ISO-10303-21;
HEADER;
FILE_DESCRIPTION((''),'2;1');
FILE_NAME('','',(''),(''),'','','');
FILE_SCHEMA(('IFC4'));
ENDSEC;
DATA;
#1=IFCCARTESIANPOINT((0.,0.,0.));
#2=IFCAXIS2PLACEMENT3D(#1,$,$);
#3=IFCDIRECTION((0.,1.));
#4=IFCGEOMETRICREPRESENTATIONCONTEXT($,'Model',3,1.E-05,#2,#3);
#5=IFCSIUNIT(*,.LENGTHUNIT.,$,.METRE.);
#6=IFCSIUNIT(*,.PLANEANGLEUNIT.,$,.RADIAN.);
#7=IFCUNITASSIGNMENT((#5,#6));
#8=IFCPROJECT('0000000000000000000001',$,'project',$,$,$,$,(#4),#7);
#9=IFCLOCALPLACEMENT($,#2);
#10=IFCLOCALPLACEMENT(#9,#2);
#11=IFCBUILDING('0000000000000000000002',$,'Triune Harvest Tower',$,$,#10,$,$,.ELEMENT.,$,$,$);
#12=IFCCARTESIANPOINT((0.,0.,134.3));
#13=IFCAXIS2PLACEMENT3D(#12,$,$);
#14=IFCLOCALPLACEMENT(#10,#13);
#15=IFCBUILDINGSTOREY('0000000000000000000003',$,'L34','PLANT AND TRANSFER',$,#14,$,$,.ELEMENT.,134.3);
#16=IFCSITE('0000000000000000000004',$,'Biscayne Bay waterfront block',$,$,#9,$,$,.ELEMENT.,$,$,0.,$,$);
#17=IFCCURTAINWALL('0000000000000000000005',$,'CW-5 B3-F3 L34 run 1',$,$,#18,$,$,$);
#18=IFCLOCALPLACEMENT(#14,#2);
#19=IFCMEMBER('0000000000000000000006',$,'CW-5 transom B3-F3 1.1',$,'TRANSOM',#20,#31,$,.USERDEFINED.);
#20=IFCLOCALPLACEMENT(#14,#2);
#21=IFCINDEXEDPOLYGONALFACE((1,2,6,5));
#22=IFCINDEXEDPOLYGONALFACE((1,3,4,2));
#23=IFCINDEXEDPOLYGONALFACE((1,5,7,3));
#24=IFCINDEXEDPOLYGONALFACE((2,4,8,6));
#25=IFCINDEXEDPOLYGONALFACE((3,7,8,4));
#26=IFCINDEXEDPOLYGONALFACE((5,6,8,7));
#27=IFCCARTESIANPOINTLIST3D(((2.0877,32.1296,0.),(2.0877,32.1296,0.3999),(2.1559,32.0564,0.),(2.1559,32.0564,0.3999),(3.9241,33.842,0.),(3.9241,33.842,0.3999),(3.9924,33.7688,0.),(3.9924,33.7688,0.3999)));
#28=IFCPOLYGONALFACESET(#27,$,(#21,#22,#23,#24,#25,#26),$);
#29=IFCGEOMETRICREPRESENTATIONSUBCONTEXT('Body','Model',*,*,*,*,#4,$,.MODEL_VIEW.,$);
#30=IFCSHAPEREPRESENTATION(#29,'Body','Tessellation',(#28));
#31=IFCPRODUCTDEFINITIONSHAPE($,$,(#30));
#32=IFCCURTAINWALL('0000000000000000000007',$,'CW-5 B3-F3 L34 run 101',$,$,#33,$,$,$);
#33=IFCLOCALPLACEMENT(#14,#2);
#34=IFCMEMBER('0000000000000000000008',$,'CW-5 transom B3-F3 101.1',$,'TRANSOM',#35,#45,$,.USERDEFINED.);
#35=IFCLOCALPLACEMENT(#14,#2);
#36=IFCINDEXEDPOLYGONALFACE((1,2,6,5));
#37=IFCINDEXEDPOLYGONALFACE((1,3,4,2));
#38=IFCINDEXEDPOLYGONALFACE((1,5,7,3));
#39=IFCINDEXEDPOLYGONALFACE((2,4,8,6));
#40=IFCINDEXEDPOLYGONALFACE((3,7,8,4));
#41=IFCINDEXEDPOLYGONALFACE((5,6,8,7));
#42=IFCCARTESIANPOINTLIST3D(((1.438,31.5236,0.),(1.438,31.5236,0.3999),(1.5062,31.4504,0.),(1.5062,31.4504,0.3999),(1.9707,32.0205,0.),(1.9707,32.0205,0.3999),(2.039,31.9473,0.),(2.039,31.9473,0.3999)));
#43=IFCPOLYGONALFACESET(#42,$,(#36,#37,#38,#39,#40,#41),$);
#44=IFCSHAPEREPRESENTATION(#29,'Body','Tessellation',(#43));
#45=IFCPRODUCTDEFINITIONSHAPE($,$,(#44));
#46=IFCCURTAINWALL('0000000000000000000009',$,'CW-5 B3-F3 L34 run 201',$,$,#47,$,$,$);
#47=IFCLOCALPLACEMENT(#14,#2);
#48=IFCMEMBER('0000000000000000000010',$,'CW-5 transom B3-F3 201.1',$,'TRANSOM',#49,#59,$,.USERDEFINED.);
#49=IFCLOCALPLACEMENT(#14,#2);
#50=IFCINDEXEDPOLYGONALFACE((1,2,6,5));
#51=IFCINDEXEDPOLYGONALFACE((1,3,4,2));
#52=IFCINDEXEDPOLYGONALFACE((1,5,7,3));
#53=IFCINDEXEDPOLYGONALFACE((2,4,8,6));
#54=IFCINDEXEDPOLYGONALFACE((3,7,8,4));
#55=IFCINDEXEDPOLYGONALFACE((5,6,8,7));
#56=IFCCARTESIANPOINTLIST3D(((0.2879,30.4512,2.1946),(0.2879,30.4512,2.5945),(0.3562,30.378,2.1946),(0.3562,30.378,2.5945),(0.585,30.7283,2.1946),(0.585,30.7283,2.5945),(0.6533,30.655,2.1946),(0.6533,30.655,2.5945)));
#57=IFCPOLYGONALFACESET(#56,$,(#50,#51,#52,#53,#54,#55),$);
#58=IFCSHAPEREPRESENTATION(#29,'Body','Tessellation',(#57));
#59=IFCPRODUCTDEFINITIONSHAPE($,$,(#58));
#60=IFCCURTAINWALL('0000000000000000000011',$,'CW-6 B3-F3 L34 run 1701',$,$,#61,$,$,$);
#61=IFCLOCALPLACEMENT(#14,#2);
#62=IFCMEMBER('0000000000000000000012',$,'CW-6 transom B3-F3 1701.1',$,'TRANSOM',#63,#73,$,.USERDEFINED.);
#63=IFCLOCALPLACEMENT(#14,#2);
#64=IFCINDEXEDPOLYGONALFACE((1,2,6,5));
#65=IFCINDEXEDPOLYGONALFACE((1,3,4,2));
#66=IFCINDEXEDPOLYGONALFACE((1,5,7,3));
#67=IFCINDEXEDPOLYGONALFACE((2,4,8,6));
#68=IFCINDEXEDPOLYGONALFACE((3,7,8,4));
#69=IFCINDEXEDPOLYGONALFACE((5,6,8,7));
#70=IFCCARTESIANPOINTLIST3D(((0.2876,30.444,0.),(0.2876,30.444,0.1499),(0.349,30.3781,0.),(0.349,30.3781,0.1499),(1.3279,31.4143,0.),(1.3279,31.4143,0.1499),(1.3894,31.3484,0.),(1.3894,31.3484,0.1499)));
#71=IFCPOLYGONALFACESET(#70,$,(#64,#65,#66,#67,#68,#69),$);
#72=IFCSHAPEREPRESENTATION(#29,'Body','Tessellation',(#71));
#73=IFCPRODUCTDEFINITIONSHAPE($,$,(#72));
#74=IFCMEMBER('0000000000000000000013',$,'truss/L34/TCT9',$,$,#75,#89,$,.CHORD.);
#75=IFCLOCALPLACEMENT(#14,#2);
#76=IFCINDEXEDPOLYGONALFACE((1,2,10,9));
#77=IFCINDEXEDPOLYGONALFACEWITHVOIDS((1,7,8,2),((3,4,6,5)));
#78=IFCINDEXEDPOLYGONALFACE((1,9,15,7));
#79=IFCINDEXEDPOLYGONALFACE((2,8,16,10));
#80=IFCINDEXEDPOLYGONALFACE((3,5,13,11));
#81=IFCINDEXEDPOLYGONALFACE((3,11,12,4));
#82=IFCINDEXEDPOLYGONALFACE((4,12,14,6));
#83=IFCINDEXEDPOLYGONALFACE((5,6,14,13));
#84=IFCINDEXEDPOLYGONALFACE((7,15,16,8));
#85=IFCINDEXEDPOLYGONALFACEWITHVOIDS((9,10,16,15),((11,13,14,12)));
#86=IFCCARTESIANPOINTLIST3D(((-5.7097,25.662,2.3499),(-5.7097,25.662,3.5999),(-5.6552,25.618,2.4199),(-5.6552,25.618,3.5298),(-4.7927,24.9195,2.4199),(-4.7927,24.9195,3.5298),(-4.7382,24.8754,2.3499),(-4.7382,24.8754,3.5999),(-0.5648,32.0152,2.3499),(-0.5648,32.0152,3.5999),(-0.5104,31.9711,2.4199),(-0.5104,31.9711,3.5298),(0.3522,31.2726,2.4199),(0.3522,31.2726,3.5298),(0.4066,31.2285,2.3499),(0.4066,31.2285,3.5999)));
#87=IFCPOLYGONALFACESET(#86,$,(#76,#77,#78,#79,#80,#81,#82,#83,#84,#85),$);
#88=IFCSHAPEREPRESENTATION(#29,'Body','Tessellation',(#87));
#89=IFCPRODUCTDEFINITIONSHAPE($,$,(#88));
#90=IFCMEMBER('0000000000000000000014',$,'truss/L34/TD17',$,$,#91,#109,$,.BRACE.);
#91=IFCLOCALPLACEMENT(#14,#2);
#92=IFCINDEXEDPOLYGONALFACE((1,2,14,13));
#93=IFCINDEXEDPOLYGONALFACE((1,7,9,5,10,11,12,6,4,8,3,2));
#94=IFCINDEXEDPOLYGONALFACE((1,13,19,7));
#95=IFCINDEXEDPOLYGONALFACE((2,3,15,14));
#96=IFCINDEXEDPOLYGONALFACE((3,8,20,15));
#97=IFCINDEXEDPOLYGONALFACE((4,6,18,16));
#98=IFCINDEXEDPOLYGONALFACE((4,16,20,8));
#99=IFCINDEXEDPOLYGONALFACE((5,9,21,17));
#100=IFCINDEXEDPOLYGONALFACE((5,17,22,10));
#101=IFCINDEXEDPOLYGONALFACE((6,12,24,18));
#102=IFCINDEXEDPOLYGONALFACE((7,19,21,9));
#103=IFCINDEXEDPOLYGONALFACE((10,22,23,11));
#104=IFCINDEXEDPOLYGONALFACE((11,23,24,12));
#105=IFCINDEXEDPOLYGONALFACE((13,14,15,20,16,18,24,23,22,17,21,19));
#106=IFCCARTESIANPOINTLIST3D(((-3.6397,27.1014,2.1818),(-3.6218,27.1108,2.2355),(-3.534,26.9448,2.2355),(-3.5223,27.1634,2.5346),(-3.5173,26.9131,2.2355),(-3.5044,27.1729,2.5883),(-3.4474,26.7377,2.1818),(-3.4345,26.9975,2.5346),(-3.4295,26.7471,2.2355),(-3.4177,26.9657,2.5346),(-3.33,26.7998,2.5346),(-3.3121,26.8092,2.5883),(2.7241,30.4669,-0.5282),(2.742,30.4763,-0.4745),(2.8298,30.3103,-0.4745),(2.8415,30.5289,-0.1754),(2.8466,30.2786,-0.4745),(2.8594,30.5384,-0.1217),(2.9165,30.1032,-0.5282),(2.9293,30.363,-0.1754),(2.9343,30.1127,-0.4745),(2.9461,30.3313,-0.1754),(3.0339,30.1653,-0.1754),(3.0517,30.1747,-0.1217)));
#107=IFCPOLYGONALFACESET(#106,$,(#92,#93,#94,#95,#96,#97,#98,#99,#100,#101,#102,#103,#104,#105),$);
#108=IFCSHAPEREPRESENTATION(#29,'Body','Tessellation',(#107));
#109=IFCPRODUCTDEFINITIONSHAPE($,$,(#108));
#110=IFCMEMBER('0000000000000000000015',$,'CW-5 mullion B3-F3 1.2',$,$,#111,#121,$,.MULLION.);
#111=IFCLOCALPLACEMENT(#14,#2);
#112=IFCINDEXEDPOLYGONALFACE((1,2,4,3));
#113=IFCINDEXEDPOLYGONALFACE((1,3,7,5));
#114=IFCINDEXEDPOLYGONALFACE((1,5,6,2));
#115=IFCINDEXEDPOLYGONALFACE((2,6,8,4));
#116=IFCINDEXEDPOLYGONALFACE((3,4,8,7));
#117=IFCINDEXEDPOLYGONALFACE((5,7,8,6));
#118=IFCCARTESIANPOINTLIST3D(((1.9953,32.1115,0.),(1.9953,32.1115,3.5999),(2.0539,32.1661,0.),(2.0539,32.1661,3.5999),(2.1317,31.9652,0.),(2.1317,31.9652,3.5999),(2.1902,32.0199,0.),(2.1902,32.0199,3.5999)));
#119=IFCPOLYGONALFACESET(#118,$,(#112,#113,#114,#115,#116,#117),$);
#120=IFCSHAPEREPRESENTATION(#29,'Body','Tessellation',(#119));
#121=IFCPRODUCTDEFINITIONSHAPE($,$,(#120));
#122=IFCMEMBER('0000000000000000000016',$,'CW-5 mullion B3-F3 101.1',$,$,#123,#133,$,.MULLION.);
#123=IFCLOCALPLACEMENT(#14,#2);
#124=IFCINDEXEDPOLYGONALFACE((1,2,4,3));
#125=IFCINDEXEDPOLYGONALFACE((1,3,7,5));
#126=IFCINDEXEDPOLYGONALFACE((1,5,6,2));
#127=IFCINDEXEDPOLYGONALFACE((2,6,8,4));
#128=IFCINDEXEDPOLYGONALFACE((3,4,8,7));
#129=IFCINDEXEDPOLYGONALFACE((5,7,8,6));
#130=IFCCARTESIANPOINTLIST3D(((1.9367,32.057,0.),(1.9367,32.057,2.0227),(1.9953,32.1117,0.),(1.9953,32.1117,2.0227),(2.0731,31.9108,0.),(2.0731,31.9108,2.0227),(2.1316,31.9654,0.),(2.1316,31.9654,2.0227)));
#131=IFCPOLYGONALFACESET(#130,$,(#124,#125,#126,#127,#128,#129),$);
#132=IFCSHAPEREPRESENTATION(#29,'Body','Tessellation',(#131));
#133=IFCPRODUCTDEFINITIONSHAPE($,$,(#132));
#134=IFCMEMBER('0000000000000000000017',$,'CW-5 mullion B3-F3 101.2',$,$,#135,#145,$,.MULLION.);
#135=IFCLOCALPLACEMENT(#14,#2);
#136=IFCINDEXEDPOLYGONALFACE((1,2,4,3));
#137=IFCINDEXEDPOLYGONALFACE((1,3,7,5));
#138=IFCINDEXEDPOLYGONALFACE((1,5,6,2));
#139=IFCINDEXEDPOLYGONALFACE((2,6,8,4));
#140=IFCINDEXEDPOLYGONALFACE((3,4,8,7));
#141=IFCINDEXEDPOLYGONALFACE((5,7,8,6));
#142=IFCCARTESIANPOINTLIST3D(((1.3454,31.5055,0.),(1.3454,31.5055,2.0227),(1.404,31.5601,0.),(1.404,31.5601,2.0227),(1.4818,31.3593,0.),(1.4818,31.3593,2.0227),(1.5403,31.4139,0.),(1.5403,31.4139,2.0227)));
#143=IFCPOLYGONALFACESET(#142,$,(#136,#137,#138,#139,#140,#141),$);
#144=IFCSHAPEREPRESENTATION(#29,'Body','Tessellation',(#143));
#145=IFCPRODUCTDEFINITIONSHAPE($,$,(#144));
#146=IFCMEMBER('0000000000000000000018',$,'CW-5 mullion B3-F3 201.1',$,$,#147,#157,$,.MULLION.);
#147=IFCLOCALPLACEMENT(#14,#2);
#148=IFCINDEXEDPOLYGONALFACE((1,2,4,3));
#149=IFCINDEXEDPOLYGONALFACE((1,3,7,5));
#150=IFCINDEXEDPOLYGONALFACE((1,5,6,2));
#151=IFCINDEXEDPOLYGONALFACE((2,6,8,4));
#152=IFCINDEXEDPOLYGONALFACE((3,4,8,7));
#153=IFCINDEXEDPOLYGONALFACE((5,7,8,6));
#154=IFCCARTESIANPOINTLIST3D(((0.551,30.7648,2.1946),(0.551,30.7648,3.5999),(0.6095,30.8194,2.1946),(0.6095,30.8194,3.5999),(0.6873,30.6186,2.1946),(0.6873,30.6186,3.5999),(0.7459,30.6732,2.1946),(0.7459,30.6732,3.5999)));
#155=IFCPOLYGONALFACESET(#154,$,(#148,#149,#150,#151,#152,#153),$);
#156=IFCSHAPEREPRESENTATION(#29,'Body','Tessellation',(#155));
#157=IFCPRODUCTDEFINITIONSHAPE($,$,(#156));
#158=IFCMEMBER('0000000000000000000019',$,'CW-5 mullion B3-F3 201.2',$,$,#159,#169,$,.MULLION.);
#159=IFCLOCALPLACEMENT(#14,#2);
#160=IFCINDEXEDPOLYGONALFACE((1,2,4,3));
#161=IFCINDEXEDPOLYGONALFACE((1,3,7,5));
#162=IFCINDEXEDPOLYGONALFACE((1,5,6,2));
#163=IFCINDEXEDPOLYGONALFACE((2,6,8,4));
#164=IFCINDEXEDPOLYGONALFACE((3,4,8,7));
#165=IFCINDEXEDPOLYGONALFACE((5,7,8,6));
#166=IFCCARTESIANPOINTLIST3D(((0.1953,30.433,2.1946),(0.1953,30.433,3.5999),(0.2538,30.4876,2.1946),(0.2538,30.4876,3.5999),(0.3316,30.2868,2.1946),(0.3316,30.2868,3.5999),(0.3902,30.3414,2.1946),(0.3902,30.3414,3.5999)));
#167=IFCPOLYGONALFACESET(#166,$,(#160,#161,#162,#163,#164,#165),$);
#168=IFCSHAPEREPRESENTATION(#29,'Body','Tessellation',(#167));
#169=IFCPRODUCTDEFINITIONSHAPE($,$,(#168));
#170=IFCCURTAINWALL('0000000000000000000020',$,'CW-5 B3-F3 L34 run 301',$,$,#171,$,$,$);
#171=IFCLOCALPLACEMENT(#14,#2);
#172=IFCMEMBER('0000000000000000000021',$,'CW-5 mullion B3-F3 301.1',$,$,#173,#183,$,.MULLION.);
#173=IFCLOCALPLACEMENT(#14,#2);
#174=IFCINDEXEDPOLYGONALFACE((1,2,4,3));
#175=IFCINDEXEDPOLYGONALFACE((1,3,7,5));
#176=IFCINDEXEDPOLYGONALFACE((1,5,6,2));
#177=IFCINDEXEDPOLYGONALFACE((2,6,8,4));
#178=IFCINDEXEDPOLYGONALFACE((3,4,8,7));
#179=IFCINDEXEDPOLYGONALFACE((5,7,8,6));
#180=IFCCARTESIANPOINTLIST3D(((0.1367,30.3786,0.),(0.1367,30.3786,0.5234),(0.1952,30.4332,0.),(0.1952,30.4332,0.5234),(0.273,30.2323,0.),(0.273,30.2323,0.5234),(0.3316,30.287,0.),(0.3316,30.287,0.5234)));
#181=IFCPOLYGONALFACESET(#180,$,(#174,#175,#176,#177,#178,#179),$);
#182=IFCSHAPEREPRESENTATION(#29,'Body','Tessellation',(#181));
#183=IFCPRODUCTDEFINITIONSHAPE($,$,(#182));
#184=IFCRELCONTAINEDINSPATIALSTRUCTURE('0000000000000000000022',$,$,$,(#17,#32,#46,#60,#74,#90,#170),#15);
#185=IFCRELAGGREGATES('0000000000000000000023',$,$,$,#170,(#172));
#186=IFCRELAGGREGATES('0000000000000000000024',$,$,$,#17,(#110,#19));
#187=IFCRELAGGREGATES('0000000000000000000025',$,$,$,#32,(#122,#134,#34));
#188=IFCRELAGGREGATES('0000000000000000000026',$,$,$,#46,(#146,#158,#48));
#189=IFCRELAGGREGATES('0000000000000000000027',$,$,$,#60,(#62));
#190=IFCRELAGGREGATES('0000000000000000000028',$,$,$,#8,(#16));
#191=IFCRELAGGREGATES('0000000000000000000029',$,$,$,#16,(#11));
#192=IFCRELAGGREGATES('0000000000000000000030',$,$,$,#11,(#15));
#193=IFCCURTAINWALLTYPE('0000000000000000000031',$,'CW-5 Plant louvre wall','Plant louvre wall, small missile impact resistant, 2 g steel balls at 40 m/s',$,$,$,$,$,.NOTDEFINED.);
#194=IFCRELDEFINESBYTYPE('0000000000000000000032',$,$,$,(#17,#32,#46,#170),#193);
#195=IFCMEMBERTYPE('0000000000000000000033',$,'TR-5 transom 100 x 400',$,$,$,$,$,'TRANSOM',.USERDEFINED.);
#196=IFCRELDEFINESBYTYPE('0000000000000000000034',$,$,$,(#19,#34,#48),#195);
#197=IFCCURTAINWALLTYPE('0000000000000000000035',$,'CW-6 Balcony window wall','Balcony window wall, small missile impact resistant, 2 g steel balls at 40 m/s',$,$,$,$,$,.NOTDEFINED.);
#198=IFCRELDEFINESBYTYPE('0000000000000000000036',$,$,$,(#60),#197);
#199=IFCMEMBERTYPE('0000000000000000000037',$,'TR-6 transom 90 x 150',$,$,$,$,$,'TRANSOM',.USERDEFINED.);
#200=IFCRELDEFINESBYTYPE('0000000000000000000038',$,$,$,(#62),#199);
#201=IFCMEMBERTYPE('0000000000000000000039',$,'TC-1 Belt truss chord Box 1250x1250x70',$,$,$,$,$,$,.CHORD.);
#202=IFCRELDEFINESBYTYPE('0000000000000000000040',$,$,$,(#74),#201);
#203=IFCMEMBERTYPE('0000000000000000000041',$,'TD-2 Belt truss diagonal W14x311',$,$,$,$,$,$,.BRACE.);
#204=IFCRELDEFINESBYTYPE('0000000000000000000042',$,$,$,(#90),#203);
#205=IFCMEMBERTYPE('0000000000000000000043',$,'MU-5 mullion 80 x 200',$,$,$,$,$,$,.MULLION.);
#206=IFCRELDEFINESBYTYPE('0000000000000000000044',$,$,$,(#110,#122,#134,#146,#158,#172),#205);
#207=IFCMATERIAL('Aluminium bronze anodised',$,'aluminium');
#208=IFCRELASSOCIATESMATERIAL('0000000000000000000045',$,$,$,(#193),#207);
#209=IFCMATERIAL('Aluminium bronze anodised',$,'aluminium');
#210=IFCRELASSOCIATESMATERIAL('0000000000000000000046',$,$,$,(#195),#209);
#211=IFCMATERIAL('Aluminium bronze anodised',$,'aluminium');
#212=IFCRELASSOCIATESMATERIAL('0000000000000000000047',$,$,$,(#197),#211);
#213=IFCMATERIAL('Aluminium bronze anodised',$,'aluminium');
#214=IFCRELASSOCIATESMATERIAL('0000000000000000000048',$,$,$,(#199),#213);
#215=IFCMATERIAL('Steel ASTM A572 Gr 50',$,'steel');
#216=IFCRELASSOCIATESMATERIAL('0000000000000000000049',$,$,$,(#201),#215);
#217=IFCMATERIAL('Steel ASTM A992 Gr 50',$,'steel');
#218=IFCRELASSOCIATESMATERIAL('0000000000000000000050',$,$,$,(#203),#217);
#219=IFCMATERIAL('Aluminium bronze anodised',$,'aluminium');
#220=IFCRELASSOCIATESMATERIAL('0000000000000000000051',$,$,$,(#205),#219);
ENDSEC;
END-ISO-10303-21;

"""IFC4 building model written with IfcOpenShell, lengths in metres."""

from ifc_helpers import new_model, si_unit, direction, frame, origin, origin_2d, place, context, subcontext, project, spatial, rectangle, hollow_rectangle, i_section, extrude, source, transform, mapped, material, material_profile, profile_set, type_object, element, aggregate, save


model = new_model("IFC4")

# Units and contexts
model_context = context("Model", 3, precision=1e-05, world=origin(), true_north=direction((0.0, 1.0)))
body_context = subcontext(model_context, "Body", "Model", "MODEL_VIEW")
ifc_project = project(units=[si_unit("LENGTHUNIT", "METRE"), si_unit("PLANEANGLEUNIT", "RADIAN")], contexts=[model_context])

# Site, building, storey
site_placement = place(None, origin())
site = spatial("IfcSite", under=ifc_project, at=site_placement, Name="Biscayne Bay waterfront block", CompositionType="ELEMENT", RefElevation=0.0)
building_placement = place(site_placement, origin())
building = spatial("IfcBuilding", under=site, at=building_placement, Name="Triune Harvest Tower", CompositionType="ELEMENT")
storey_placement = place(building_placement, frame((0.0, 0.0, 134.3)))
storey = spatial("IfcBuildingStorey", under=building, at=storey_placement, Name="L34", Description="PLANT AND TRANSFER", CompositionType="ELEMENT", Elevation=134.3)

# Curtain walls, members
ifc_material_1 = material(Name="Aluminium bronze anodised", Category="aluminium")
curtain_wall_type_1 = type_object("IfcCurtainWallType", Name="CW-5 Plant louvre wall", Description="Plant louvre wall, small missile impact resistant, 2 g steel balls at 40 m/s", PredefinedType="NOTDEFINED", material=ifc_material_1)
curtain_wall_1_placement = place(storey_placement, origin())
curtain_wall_1 = element("IfcCurtainWall", 1, at=curtain_wall_1_placement, inside=storey, type_object=curtain_wall_type_1, Name="CW-5 B3-F3 L34 run 1")
ifc_material_2 = material(Name="Aluminium bronze anodised", Category="aluminium")
ifc_material_profile_1 = material_profile(ifc_material_2, rectangle(XDim=0.1001, YDim=0.3999, at=origin_2d()), Name="TR-5 transom 100 x 400")
ifc_profile_set_1 = profile_set([ifc_material_profile_1], Name="Aluminium bronze anodised")
member_type_1 = type_object("IfcMemberType", Name="TR-5 transom 100 x 400", ElementType="TRANSOM", PredefinedType="USERDEFINED", material=ifc_profile_set_1)
member_1_placement = place(storey_placement, frame((3.9583, 33.8054, 0.2), z_axis=(-0.731372, -0.681979, 0.0), x_axis=(0.681979, -0.731372, 0.0)))
member_1 = element("IfcMember", 2, at=member_1_placement, type_object=member_type_1, Name="CW-5 transom B3-F3 1.1", ObjectType="TRANSOM", PredefinedType="USERDEFINED", context=body_context, shape_type="SweptSolid", body=[
    extrude(rectangle(XDim=0.1001, YDim=0.3999, at=origin_2d()), origin(), (0.0, 0.0, 1.0), 2.511),
])
curtain_wall_2_placement = place(storey_placement, origin())
curtain_wall_2 = element("IfcCurtainWall", 3, at=curtain_wall_2_placement, inside=storey, type_object=curtain_wall_type_1, Name="CW-5 B3-F3 L34 run 101")
member_2_placement = place(storey_placement, frame((2.0049, 31.9839, 0.2), z_axis=(-0.731312, -0.682044, 0.0), x_axis=(0.682044, -0.731312, 0.0)))
member_2 = element("IfcMember", 4, at=member_2_placement, type_object=member_type_1, Name="CW-5 transom B3-F3 101.1", ObjectType="TRANSOM", PredefinedType="USERDEFINED", context=body_context, shape_type="SweptSolid", body=[
    extrude(rectangle(XDim=0.1001, YDim=0.3999, at=origin_2d()), origin(), (0.0, 0.0, 1.0), 0.7285),
])
curtain_wall_3_placement = place(storey_placement, origin())
curtain_wall_3 = element("IfcCurtainWall", 5, at=curtain_wall_3_placement, inside=storey, type_object=curtain_wall_type_1, Name="CW-5 B3-F3 L34 run 201")
member_3_placement = place(storey_placement, frame((0.6191, 30.6917, 2.3945), z_axis=(-0.731315, -0.68204, 0.0), x_axis=(0.68204, -0.731315, 0.0)))
member_3 = element("IfcMember", 6, at=member_3_placement, type_object=member_type_1, Name="CW-5 transom B3-F3 201.1", ObjectType="TRANSOM", PredefinedType="USERDEFINED", context=body_context, shape_type="SweptSolid", body=[
    extrude(rectangle(XDim=0.1001, YDim=0.3999, at=origin_2d()), origin(), (0.0, 0.0, 1.0), 0.4062),
])
ifc_material_3 = material(Name="Aluminium bronze anodised", Category="aluminium")
curtain_wall_type_2 = type_object("IfcCurtainWallType", Name="CW-6 Balcony window wall", Description="Balcony window wall, small missile impact resistant, 2 g steel balls at 40 m/s", PredefinedType="NOTDEFINED", material=ifc_material_3)
curtain_wall_4_placement = place(storey_placement, origin())
curtain_wall_4 = element("IfcCurtainWall", 7, at=curtain_wall_4_placement, inside=storey, type_object=curtain_wall_type_2, Name="CW-6 B3-F3 L34 run 1701")
ifc_material_4 = material(Name="Aluminium bronze anodised", Category="aluminium")
ifc_material_profile_2 = material_profile(ifc_material_4, rectangle(XDim=0.0901, YDim=0.1499, at=origin_2d()), Name="TR-6 transom 90 x 150")
ifc_profile_set_2 = profile_set([ifc_material_profile_2], Name="Aluminium bronze anodised")
member_type_2 = type_object("IfcMemberType", Name="TR-6 transom 90 x 150", ElementType="TRANSOM", PredefinedType="USERDEFINED", material=ifc_profile_set_2)
member_4_placement = place(storey_placement, frame((1.3586, 31.3813, 0.075), z_axis=(-0.731306, -0.682049, 0.0), x_axis=(0.682049, -0.731306, 0.0)))
member_4 = element("IfcMember", 8, at=member_4_placement, type_object=member_type_2, Name="CW-6 transom B3-F3 1701.1", ObjectType="TRANSOM", PredefinedType="USERDEFINED", context=body_context, shape_type="SweptSolid", body=[
    extrude(rectangle(XDim=0.0901, YDim=0.1499, at=origin_2d()), origin(), (0.0, 0.0, 1.0), 1.4226),
])

# Members
ifc_material_5 = material(Name="Steel ASTM A572 Gr 50", Category="steel")
ifc_material_profile_3 = material_profile(ifc_material_5, hollow_rectangle(XDim=1.25, YDim=1.25, WallThickness=0.0701, at=origin_2d()), Name="Box 1250x1250x70")
ifc_profile_set_3 = profile_set([ifc_material_profile_3], Name="Steel ASTM A572 Gr 50")
member_type_3 = type_object("IfcMemberType", Name="TC-1 Belt truss chord Box 1250x1250x70", PredefinedType="CHORD", material=ifc_profile_set_3)
shared_shape_1 = source(origin(), body_context, "Body", "SweptSolid", [
    extrude(hollow_rectangle(XDim=1.25, YDim=1.25, WallThickness=0.0701, at=origin_2d()), origin(), (0.0, 0.0, 1.0), 8.175),
])
member_5_placement = place(storey_placement, frame((-0.0791, 31.6218, 2.9749), z_axis=(-0.629335, -0.777134, 0.0), x_axis=(0.777134, -0.629335, 0.0)))
element("IfcMember", 9, at=member_5_placement, inside=storey, type_object=member_type_3, Name="truss/L34/TCT9", PredefinedType="CHORD", context=body_context, shape_type="MappedRepresentation", body=[
    mapped(shared_shape_1, transform((0.0, 0.0, 0.0), scale=1.0)),
])
ifc_material_6 = material(Name="Steel ASTM A992 Gr 50", Category="steel")
ifc_material_profile_4 = material_profile(ifc_material_6, i_section(OverallWidth=0.4114, OverallDepth=0.4343, WebThickness=0.0359, FlangeThickness=0.0574, at=origin_2d()), Name="W14x311")
ifc_profile_set_4 = profile_set([ifc_material_profile_4], Name="Steel ASTM A992 Gr 50")
member_type_4 = type_object("IfcMemberType", Name="TD-2 Belt truss diagonal W14x311", PredefinedType="BRACE", material=ifc_profile_set_4)
shared_shape_2 = source(origin(), body_context, "Body", "SweptSolid", [
    extrude(i_section(OverallWidth=0.4114, OverallDepth=0.4343, WebThickness=0.0359, FlangeThickness=0.0574, at=origin_2d()), origin(), (0.0, 0.0, 1.0), 7.6921),
])
member_6_placement = place(storey_placement, frame((2.8879, 30.3208, -0.325), z_axis=(-0.827316, -0.437526, 0.352306), x_axis=(0.4675, -0.883993, 0.0)))
element("IfcMember", 10, at=member_6_placement, inside=storey, type_object=member_type_4, Name="truss/L34/TD17", PredefinedType="BRACE", context=body_context, shape_type="MappedRepresentation", body=[
    mapped(shared_shape_2, transform((0.0, 0.0, 0.0), scale=1.0)),
])

# Members
ifc_material_7 = material(Name="Aluminium bronze anodised", Category="aluminium")
ifc_material_profile_5 = material_profile(ifc_material_7, rectangle(XDim=0.2, YDim=0.0801, at=origin_2d()), Name="MU-5 mullion 80 x 200")
ifc_profile_set_5 = profile_set([ifc_material_profile_5], Name="Aluminium bronze anodised")
member_type_5 = type_object("IfcMemberType", Name="MU-5 mullion 80 x 200", PredefinedType="MULLION", material=ifc_profile_set_5)
shared_shape_3 = source(origin(), body_context, "Body", "SweptSolid", [
    extrude(rectangle(XDim=0.2, YDim=0.0801, at=origin_2d()), origin(), (0.0, 0.0, 1.0), 3.5999),
])
member_7_placement = place(storey_placement, frame((2.0928, 32.0657, 0.0), z_axis=(0.0, 0.0, 1.0), x_axis=(0.681983, -0.731368, 0.0)))
member_7 = element("IfcMember", 11, at=member_7_placement, type_object=member_type_5, Name="CW-5 mullion B3-F3 1.2", PredefinedType="MULLION", context=body_context, shape_type="MappedRepresentation", body=[
    mapped(shared_shape_3, transform((0.0, 0.0, 0.0), scale=1.0)),
])
shared_shape_4 = source(origin(), body_context, "Body", "SweptSolid", [
    extrude(rectangle(XDim=0.2, YDim=0.0801, at=origin_2d()), origin(), (0.0, 0.0, 1.0), 2.0227),
])
member_8_placement = place(storey_placement, frame((2.0342, 32.0112, 0.0), z_axis=(0.0, 0.0, 1.0), x_axis=(0.682029, -0.731325, 0.0)))
member_8 = element("IfcMember", 12, at=member_8_placement, type_object=member_type_5, Name="CW-5 mullion B3-F3 101.1", PredefinedType="MULLION", context=body_context, shape_type="MappedRepresentation", body=[
    mapped(shared_shape_4, transform((0.0, 0.0, 0.0), scale=1.0)),
])
member_9_placement = place(storey_placement, frame((1.4429, 31.4597, 0.0), z_axis=(0.0, 0.0, 1.0), x_axis=(0.682029, -0.731325, 0.0)))
member_9 = element("IfcMember", 13, at=member_9_placement, type_object=member_type_5, Name="CW-5 mullion B3-F3 101.2", PredefinedType="MULLION", context=body_context, shape_type="MappedRepresentation", body=[
    mapped(shared_shape_4, transform((0.0, 0.0, 0.0), scale=1.0)),
])
shared_shape_5 = source(origin(), body_context, "Body", "SweptSolid", [
    extrude(rectangle(XDim=0.2, YDim=0.0801, at=origin_2d()), origin(), (0.0, 0.0, 1.0), 1.4053),
])
member_10_placement = place(storey_placement, frame((0.6484, 30.719, 2.1946), z_axis=(0.0, 0.0, 1.0), x_axis=(0.682041, -0.731314, 0.0)))
member_10 = element("IfcMember", 14, at=member_10_placement, type_object=member_type_5, Name="CW-5 mullion B3-F3 201.1", PredefinedType="MULLION", context=body_context, shape_type="MappedRepresentation", body=[
    mapped(shared_shape_5, transform((0.0, 0.0, 0.0), scale=1.0)),
])
member_11_placement = place(storey_placement, frame((0.2927, 30.3872, 2.1946), z_axis=(0.0, 0.0, 1.0), x_axis=(0.682041, -0.731314, 0.0)))
member_11 = element("IfcMember", 15, at=member_11_placement, type_object=member_type_5, Name="CW-5 mullion B3-F3 201.2", PredefinedType="MULLION", context=body_context, shape_type="MappedRepresentation", body=[
    mapped(shared_shape_5, transform((0.0, 0.0, 0.0), scale=1.0)),
])

# Curtain wall, member
curtain_wall_5_placement = place(storey_placement, origin())
curtain_wall_5 = element("IfcCurtainWall", 16, at=curtain_wall_5_placement, inside=storey, type_object=curtain_wall_type_1, Name="CW-5 B3-F3 L34 run 301")
shared_shape_6 = source(origin(), body_context, "Body", "SweptSolid", [
    extrude(rectangle(XDim=0.2, YDim=0.0801, at=origin_2d()), origin(), (0.0, 0.0, 1.0), 0.5234),
])
member_12_placement = place(storey_placement, frame((0.2341, 30.3328, 0.0), z_axis=(0.0, 0.0, 1.0), x_axis=(0.682, -0.731352, 0.0)))
member_12 = element("IfcMember", 17, at=member_12_placement, type_object=member_type_5, Name="CW-5 mullion B3-F3 301.1", PredefinedType="MULLION", context=body_context, shape_type="MappedRepresentation", body=[
    mapped(shared_shape_6, transform((0.0, 0.0, 0.0), scale=1.0)),
])
aggregate(curtain_wall_5, [member_12])

aggregate(curtain_wall_1, [member_7, member_1])
aggregate(curtain_wall_2, [member_8, member_9, member_2])
aggregate(curtain_wall_3, [member_10, member_11, member_3])
aggregate(curtain_wall_4, [member_4])

save(model, "model.ifc")
